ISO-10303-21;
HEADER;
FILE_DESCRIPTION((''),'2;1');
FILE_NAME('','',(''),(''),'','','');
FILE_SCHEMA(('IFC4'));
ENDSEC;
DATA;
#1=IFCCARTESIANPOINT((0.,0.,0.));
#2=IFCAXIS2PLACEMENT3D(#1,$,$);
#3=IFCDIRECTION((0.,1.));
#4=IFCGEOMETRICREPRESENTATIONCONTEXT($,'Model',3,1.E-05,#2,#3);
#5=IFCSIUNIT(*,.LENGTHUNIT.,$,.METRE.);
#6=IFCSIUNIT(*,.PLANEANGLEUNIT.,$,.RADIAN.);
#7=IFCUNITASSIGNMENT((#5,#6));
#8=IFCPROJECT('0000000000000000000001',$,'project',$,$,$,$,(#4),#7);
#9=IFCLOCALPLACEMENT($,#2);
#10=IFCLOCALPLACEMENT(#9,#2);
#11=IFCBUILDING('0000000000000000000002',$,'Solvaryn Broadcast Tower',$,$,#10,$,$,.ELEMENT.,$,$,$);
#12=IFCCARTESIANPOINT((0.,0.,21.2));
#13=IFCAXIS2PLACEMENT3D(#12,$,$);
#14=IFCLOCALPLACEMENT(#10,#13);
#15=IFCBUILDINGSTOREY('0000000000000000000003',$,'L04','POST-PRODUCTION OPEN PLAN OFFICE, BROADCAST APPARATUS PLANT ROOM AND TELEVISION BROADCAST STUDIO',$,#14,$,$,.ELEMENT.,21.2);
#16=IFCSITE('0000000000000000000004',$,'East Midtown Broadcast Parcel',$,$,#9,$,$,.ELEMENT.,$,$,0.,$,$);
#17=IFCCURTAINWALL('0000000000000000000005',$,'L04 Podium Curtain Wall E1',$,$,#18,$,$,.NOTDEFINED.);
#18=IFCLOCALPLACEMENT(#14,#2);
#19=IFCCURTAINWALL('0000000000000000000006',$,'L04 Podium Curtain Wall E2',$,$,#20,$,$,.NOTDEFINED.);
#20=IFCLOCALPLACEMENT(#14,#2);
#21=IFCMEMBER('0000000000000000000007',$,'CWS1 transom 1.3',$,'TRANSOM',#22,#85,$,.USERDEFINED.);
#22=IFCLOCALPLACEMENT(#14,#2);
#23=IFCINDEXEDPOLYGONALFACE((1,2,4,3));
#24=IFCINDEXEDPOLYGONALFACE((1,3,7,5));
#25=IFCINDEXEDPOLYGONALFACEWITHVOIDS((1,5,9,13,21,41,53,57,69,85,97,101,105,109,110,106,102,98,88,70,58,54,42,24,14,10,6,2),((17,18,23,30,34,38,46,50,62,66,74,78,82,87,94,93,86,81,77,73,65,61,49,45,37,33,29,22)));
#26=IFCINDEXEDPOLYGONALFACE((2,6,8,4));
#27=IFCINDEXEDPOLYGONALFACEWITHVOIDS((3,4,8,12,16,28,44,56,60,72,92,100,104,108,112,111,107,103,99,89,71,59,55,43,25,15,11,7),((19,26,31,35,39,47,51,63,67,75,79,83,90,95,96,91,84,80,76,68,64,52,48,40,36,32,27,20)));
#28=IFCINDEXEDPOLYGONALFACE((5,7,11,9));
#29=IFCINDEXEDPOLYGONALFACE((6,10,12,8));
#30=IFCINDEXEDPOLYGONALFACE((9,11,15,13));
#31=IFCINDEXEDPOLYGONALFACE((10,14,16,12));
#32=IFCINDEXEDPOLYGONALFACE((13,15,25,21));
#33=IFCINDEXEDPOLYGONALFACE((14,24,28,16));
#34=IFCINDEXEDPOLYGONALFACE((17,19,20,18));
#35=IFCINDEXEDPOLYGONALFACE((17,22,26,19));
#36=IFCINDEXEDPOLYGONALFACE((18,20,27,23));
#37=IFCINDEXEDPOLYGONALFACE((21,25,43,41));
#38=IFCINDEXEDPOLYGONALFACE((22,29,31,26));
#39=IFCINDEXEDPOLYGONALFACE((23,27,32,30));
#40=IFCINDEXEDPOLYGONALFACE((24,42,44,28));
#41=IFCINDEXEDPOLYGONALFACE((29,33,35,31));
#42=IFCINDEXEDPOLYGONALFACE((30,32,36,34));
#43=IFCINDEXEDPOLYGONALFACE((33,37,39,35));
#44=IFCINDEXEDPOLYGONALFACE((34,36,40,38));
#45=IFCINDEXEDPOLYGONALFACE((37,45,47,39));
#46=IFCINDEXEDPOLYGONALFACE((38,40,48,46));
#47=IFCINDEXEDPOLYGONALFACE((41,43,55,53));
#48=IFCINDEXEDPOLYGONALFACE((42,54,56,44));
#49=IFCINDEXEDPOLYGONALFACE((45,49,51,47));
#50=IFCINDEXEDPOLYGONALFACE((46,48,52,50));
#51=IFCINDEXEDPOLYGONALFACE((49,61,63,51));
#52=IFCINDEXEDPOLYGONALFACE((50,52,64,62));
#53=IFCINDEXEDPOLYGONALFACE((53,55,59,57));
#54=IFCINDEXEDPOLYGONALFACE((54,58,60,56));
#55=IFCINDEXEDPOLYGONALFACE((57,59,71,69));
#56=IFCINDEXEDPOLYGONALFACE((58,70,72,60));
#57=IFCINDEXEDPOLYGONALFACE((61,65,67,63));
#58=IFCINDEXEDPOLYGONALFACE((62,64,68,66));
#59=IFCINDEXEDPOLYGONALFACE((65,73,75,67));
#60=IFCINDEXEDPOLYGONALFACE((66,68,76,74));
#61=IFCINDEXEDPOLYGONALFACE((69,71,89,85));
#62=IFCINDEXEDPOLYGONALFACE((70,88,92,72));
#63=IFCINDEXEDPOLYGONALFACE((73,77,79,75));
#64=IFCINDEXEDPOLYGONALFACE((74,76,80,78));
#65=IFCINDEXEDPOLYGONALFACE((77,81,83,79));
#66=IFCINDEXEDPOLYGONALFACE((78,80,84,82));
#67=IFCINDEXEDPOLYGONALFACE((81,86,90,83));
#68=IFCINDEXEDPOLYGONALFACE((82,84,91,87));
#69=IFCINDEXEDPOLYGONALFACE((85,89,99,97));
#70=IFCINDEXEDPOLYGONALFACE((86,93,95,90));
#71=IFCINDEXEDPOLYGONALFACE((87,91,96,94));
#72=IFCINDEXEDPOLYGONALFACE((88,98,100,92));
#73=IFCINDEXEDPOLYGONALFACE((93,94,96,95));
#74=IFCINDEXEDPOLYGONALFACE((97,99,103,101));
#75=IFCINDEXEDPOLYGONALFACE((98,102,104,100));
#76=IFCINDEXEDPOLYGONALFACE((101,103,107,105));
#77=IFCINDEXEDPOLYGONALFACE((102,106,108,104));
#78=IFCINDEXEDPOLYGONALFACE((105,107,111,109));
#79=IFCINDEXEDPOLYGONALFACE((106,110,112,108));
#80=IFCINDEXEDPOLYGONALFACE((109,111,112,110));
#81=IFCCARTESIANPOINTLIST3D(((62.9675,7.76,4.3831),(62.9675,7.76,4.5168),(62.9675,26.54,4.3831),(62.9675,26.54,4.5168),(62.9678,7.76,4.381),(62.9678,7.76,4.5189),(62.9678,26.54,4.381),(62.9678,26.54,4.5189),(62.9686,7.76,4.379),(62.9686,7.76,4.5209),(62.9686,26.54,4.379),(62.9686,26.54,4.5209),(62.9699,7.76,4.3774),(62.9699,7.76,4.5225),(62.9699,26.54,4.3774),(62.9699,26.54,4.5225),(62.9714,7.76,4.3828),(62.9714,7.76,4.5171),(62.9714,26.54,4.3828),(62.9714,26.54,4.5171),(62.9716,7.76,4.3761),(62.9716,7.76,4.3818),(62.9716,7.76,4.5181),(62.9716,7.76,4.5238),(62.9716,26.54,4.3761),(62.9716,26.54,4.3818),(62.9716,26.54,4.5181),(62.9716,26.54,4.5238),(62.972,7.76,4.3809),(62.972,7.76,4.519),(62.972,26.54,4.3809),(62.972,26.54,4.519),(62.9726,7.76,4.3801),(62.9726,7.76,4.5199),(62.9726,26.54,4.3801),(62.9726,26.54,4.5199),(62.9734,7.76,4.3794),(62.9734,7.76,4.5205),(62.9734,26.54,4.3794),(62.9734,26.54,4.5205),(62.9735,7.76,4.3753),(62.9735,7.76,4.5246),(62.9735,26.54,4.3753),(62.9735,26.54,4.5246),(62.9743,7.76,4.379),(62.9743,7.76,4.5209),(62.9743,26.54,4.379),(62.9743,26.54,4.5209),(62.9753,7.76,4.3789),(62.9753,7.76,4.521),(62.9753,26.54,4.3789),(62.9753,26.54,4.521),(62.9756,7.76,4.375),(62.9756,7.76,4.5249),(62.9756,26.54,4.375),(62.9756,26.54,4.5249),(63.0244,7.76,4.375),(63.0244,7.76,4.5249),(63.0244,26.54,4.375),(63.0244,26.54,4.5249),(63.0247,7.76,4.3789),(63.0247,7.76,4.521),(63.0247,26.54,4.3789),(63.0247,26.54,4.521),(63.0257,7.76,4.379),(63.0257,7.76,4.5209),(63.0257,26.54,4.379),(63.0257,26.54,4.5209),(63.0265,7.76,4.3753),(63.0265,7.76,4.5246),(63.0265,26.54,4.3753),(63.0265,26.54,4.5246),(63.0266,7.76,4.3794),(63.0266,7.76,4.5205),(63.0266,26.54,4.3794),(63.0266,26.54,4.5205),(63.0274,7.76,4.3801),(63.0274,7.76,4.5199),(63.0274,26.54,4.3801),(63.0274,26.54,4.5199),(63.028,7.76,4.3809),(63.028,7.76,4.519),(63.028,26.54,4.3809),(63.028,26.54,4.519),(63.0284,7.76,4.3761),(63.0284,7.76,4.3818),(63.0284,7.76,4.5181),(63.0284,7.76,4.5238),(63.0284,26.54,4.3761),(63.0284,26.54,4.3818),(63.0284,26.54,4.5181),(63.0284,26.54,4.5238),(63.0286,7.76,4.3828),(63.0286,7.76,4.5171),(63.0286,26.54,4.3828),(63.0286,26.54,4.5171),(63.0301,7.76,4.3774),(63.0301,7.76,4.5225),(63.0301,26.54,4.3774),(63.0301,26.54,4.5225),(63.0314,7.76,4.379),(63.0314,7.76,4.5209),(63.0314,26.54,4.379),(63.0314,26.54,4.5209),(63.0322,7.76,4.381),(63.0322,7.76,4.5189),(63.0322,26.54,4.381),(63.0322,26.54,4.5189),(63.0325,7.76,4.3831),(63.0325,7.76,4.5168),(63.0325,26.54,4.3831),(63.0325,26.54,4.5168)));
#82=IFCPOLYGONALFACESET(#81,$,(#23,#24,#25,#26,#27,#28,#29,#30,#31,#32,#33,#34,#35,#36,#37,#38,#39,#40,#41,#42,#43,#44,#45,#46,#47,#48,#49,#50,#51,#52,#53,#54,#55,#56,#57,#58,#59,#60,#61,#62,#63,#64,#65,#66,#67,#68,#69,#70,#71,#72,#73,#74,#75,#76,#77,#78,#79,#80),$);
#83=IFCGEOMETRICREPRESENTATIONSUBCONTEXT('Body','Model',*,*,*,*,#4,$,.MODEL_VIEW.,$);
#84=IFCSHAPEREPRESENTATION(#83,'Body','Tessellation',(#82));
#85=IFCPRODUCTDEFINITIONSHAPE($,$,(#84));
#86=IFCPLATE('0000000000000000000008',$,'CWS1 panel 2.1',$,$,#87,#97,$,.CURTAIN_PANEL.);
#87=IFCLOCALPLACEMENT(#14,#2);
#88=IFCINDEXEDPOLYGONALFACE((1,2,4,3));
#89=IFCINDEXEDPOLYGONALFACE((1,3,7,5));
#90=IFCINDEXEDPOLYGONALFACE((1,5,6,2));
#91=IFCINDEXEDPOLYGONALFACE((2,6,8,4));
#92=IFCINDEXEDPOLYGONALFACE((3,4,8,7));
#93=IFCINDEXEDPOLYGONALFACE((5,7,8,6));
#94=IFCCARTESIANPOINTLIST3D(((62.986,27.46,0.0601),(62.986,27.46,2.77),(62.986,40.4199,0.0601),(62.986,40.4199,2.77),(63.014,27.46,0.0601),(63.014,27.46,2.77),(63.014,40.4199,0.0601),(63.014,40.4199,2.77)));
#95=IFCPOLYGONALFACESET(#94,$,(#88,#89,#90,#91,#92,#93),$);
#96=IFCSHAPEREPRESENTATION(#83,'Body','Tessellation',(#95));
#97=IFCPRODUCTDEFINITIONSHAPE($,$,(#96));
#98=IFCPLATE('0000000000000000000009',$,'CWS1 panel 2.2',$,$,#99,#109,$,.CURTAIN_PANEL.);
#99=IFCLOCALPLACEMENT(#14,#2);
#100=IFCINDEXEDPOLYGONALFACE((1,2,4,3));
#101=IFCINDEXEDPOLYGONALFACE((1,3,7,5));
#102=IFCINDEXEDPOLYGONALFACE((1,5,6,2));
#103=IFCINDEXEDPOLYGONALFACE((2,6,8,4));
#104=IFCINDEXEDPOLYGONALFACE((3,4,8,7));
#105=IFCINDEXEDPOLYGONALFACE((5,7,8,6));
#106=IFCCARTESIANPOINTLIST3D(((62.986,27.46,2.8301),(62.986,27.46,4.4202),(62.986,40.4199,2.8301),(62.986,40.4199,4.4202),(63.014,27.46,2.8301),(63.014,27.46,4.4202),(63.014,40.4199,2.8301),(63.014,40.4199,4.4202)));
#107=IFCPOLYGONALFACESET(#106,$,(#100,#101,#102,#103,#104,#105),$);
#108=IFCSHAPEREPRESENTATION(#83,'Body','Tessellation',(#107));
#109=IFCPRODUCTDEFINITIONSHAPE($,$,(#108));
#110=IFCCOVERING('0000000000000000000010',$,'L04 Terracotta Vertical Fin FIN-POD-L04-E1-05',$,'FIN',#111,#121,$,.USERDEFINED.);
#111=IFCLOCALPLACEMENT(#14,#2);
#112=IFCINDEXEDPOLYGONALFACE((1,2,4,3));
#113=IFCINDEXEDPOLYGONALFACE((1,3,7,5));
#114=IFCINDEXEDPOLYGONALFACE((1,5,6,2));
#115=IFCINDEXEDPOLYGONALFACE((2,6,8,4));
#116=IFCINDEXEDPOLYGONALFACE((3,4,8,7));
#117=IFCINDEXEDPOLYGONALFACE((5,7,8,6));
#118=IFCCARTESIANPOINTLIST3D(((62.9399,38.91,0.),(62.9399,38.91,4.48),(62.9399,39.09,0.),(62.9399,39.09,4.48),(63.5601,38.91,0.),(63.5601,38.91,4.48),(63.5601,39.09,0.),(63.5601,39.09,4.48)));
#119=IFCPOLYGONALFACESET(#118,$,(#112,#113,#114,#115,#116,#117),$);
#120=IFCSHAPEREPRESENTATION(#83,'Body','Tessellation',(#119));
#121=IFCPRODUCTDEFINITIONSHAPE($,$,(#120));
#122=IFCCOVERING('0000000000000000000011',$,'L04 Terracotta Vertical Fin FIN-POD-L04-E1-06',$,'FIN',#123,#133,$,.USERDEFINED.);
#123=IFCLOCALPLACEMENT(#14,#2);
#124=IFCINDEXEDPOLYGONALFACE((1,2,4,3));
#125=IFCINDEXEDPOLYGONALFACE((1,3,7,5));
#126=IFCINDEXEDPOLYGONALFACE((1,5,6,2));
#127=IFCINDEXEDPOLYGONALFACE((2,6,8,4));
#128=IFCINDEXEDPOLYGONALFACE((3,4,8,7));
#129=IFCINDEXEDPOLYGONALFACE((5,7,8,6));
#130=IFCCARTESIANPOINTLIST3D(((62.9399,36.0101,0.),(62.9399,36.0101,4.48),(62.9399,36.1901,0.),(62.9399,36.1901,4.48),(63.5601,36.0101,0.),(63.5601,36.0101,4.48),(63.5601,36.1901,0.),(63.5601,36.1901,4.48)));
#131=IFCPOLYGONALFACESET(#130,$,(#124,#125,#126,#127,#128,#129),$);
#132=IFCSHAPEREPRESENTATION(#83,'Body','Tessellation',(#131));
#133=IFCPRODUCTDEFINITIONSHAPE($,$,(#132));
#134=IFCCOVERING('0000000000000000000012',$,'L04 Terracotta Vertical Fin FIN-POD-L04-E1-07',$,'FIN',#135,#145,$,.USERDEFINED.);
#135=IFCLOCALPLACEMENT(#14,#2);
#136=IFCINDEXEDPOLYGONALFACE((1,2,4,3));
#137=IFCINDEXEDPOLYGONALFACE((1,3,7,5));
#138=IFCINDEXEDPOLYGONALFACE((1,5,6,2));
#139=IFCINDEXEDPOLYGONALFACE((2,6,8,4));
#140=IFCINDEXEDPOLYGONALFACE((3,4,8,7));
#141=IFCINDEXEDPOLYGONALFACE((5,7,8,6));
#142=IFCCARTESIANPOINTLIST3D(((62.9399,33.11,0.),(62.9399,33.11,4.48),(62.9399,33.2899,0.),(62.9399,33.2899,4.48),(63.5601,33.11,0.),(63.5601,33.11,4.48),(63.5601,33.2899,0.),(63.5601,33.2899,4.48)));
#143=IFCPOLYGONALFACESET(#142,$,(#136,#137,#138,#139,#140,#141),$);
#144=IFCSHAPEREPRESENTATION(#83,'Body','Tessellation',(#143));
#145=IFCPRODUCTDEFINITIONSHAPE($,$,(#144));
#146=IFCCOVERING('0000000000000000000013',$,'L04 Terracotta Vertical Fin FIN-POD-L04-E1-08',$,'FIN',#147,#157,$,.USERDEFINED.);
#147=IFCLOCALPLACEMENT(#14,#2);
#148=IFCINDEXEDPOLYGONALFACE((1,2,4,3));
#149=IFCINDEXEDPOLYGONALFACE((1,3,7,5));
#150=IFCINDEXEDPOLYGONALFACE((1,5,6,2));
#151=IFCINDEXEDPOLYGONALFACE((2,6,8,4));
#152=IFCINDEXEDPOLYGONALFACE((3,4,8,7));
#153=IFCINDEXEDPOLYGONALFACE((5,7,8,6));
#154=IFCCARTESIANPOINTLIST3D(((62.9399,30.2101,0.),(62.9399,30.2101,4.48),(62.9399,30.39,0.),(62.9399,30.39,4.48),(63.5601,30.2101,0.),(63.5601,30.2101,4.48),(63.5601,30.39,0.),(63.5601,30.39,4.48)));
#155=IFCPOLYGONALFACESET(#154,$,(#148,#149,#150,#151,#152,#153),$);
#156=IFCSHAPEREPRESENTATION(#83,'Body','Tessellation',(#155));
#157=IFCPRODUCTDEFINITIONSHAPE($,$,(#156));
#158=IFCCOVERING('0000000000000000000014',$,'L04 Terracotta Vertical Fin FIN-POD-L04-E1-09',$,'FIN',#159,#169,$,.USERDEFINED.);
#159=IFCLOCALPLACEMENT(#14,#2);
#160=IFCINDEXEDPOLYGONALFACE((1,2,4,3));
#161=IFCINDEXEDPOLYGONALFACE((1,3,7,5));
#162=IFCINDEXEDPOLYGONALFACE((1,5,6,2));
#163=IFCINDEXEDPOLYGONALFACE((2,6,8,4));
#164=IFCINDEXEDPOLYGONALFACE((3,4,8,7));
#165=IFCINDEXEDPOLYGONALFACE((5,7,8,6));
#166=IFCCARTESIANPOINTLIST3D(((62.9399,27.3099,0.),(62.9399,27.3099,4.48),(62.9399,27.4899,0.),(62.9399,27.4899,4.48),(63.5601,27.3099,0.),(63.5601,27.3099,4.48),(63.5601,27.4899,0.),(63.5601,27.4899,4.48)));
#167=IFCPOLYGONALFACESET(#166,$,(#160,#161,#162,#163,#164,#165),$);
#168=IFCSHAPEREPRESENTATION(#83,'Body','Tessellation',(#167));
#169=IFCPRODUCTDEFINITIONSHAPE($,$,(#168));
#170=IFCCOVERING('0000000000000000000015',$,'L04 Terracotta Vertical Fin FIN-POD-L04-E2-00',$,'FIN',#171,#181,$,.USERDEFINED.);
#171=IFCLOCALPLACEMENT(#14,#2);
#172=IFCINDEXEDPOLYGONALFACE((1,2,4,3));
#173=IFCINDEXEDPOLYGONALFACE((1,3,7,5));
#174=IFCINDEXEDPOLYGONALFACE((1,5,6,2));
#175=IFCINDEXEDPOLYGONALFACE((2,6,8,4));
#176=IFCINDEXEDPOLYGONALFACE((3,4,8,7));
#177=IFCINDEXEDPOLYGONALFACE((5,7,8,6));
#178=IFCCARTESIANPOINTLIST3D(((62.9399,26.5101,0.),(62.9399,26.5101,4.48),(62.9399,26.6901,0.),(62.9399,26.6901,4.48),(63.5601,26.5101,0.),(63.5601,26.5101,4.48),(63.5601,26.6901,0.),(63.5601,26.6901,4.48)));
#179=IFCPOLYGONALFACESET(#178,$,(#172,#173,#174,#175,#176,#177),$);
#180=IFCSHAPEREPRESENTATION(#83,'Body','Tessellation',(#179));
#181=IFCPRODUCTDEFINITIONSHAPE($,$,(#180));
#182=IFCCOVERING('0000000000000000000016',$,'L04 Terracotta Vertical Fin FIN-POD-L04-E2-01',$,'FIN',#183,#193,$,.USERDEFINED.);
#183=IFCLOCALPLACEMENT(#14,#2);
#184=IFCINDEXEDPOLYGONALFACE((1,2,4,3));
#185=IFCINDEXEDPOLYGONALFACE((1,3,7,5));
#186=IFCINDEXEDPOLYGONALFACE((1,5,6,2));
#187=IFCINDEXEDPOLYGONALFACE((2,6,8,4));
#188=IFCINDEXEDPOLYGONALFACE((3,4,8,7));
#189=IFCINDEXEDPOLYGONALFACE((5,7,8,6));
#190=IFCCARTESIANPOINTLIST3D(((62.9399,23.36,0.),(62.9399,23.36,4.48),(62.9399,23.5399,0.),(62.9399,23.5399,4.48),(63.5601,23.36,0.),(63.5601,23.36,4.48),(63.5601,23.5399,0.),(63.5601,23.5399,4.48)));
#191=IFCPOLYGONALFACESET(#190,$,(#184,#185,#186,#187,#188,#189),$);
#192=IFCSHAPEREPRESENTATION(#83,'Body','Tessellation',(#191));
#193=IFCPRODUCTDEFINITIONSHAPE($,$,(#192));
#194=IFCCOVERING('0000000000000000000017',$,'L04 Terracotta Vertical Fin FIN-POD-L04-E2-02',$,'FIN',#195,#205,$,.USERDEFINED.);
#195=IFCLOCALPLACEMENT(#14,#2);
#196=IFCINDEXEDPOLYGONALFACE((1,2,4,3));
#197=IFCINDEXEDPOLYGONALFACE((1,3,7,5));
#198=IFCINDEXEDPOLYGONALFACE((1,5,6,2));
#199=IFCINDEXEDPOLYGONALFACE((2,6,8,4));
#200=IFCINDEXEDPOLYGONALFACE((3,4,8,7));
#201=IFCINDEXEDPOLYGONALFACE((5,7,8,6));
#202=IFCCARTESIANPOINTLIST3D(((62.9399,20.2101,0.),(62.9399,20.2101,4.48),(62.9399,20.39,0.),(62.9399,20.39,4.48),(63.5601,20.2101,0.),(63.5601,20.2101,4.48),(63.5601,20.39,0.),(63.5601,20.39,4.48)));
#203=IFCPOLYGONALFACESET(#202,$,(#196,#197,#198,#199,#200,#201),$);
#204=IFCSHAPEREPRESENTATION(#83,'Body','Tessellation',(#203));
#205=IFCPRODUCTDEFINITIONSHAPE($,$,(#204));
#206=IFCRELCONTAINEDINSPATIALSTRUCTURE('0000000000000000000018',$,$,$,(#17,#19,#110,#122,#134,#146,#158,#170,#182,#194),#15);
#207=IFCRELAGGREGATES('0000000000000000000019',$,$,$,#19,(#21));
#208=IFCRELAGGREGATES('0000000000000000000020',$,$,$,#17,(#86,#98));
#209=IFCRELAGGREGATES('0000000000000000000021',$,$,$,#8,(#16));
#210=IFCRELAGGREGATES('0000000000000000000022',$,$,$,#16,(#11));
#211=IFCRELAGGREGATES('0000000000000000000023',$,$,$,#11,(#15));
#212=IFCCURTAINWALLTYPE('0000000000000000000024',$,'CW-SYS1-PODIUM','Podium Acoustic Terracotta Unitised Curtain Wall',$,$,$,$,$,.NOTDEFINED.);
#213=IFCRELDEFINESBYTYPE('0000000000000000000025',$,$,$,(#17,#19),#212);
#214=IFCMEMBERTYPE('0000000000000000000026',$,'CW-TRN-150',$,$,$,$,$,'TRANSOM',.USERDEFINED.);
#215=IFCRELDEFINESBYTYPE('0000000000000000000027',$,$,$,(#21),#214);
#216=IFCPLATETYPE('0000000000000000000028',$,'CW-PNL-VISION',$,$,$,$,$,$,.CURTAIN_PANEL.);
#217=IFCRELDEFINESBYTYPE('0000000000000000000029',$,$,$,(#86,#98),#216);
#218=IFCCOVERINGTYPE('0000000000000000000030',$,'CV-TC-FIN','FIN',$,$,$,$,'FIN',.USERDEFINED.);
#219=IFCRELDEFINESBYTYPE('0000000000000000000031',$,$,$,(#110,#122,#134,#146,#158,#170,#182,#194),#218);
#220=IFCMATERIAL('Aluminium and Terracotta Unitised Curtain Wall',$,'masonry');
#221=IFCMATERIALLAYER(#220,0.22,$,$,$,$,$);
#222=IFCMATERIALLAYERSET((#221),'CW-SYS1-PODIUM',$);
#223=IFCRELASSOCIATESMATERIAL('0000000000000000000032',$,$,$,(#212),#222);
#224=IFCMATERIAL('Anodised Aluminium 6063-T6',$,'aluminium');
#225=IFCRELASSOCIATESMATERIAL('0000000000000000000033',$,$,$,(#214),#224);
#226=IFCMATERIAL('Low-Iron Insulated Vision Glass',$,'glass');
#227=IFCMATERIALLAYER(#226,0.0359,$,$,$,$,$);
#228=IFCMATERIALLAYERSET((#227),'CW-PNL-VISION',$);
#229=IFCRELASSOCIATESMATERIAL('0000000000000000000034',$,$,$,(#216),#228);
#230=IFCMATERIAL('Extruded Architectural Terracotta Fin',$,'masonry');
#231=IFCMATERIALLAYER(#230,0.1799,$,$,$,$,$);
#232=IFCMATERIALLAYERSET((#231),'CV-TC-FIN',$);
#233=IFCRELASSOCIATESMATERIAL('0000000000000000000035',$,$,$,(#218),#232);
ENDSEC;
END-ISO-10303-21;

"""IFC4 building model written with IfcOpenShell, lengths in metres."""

from ifc_helpers import new_model, si_unit, direction, frame, origin, origin_2d, place, context, subcontext, project, spatial, rectangle, hollow_rectangle, extrude, material, layer, layer_set, material_profile, profile_set, type_object, element, aggregate, save


model = new_model("IFC4")

# Units and contexts
model_context = context("Model", 3, precision=1e-05, world=origin(), true_north=direction((0.0, 1.0)))
body_context = subcontext(model_context, "Body", "Model", "MODEL_VIEW")
ifc_project = project(units=[si_unit("LENGTHUNIT", "METRE"), si_unit("PLANEANGLEUNIT", "RADIAN")], contexts=[model_context])

# Site, building, storey
site_placement = place(None, origin())
site = spatial("IfcSite", under=ifc_project, at=site_placement, Name="East Midtown Broadcast Parcel", CompositionType="ELEMENT", RefElevation=0.0)
building_placement = place(site_placement, origin())
building = spatial("IfcBuilding", under=site, at=building_placement, Name="Solvaryn Broadcast Tower", CompositionType="ELEMENT")
storey_placement = place(building_placement, frame((0.0, 0.0, 21.2)))
storey = spatial("IfcBuildingStorey", under=building, at=storey_placement, Name="L04", Description="POST-PRODUCTION OPEN PLAN OFFICE, BROADCAST APPARATUS PLANT ROOM AND TELEVISION BROADCAST STUDIO", CompositionType="ELEMENT", Elevation=21.2)

# Curtain wall
ifc_material_1 = material(Name="Aluminium and Terracotta Unitised Curtain Wall", Category="masonry")
ifc_layer_1 = layer(ifc_material_1, 0.22)
ifc_layer_set_1 = layer_set([ifc_layer_1], Name="CW-SYS1-PODIUM")
curtain_wall_type = type_object("IfcCurtainWallType", Name="CW-SYS1-PODIUM", Description="Podium Acoustic Terracotta Unitised Curtain Wall", PredefinedType="NOTDEFINED", material=ifc_layer_set_1)
curtain_wall_1_placement = place(storey_placement, origin())
curtain_wall_1 = element("IfcCurtainWall", 1, at=curtain_wall_1_placement, inside=storey, type_object=curtain_wall_type, Name="L04 Podium Curtain Wall E1", PredefinedType="NOTDEFINED")

# Curtain wall
curtain_wall_2_placement = place(storey_placement, origin())
curtain_wall_2 = element("IfcCurtainWall", 2, at=curtain_wall_2_placement, inside=storey, type_object=curtain_wall_type, Name="L04 Podium Curtain Wall E2", PredefinedType="NOTDEFINED")

# Member
ifc_material_2 = material(Name="Anodised Aluminium 6063-T6", Category="aluminium")
ifc_material_profile_1 = material_profile(ifc_material_2, hollow_rectangle(XDim=0.0649, YDim=0.1499, WallThickness=0.0039, InnerFilletRadius=0.0039, OuterFilletRadius=0.0081, at=origin_2d()))
ifc_profile_set_1 = profile_set([ifc_material_profile_1], Name="Anodised Aluminium 6063-T6")
member_type_1 = type_object("IfcMemberType", Name="CW-TRN-150", ElementType="TRANSOM", PredefinedType="USERDEFINED", material=ifc_profile_set_1)
member_1_placement = place(storey_placement, frame((63.0, 26.54, 4.45), z_axis=(0.0, -1.0, 0.0), x_axis=(1.0, 0.0, 0.0)))
member_1 = element("IfcMember", 3, at=member_1_placement, type_object=member_type_1, Name="CWS1 transom 1.3", ObjectType="TRANSOM", PredefinedType="USERDEFINED", context=body_context, shape_type="SweptSolid", body=[
    extrude(hollow_rectangle(XDim=0.0649, YDim=0.1499, WallThickness=0.0039, InnerFilletRadius=0.0039, OuterFilletRadius=0.0081, at=origin_2d()), origin(), (0.0, 0.0, 1.0), 18.78),
])
aggregate(curtain_wall_2, [member_1])

# Plates
ifc_material_3 = material(Name="Low-Iron Insulated Vision Glass", Category="glass")
ifc_layer_2 = layer(ifc_material_3, 0.0359)
ifc_layer_set_2 = layer_set([ifc_layer_2], Name="CW-PNL-VISION")
plate_type = type_object("IfcPlateType", Name="CW-PNL-VISION", PredefinedType="CURTAIN_PANEL", material=ifc_layer_set_2)
plate_1_placement = place(storey_placement, frame((63.0, 33.9399, 0.0601), z_axis=(0.0, 0.0, 1.0), x_axis=(0.0, -1.0, 0.0)))
plate_1 = element("IfcPlate", 4, at=plate_1_placement, type_object=plate_type, Name="CWS1 panel 2.1", PredefinedType="CURTAIN_PANEL", context=body_context, shape_type="SweptSolid", body=[
    extrude(rectangle(XDim=12.96, YDim=0.0281, at=origin_2d()), origin(), (0.0, 0.0, 1.0), 2.71),
])
plate_2_placement = place(storey_placement, frame((63.0, 33.9399, 2.8301), z_axis=(0.0, 0.0, 1.0), x_axis=(0.0, -1.0, 0.0)))
plate_2 = element("IfcPlate", 5, at=plate_2_placement, type_object=plate_type, Name="CWS1 panel 2.2", PredefinedType="CURTAIN_PANEL", context=body_context, shape_type="SweptSolid", body=[
    extrude(rectangle(XDim=12.96, YDim=0.0281, at=origin_2d()), origin(), (0.0, 0.0, 1.0), 1.5901),
])
aggregate(curtain_wall_1, [plate_1, plate_2])

# Coverings
ifc_material_4 = material(Name="Extruded Architectural Terracotta Fin", Category="masonry")
ifc_layer_3 = layer(ifc_material_4, 0.1799)
ifc_layer_set_3 = layer_set([ifc_layer_3], Name="CV-TC-FIN")
covering_type = type_object("IfcCoveringType", Name="CV-TC-FIN", Description="FIN", ElementType="FIN", PredefinedType="USERDEFINED", material=ifc_layer_set_3)
for number, where, z_axis, x_axis, name in (
    (6, (63.25, 39.0, 0.0), (0.0, 0.0, 1.0), (1.0, 0.0, 0.0), "L04 Terracotta Vertical Fin FIN-POD-L04-E1-05"),
    (7, (63.25, 36.1001, 0.0), (0.0, 0.0, 1.0), (1.0, 0.0, 0.0), "L04 Terracotta Vertical Fin FIN-POD-L04-E1-06"),
    (8, (63.25, 33.2, 0.0), (0.0, 0.0, 1.0), (1.0, 0.0, 0.0), "L04 Terracotta Vertical Fin FIN-POD-L04-E1-07"),
    (9, (63.25, 30.3, 0.0), (0.0, 0.0, 1.0), (1.0, 0.0, 0.0), "L04 Terracotta Vertical Fin FIN-POD-L04-E1-08"),
    (10, (63.25, 27.3999, 0.0), (0.0, 0.0, 1.0), (1.0, 0.0, 0.0), "L04 Terracotta Vertical Fin FIN-POD-L04-E1-09"),
    (11, (63.25, 26.6001, 0.0), (0.0, 0.0, 1.0), (1.0, 0.0, 0.0), "L04 Terracotta Vertical Fin FIN-POD-L04-E2-00"),
    (12, (63.25, 23.45, 0.0), (0.0, 0.0, 1.0), (1.0, 0.0, 0.0), "L04 Terracotta Vertical Fin FIN-POD-L04-E2-01"),
    (13, (63.25, 20.3, 0.0), (0.0, 0.0, 1.0), (1.0, 0.0, 0.0), "L04 Terracotta Vertical Fin FIN-POD-L04-E2-02"),
):
    element("IfcCovering", number, at=place(storey_placement, frame(where, z_axis=z_axis, x_axis=x_axis)), inside=storey, type_object=covering_type, Name=name, ObjectType="FIN", PredefinedType="USERDEFINED", context=body_context, shape_type="SweptSolid", body=[
        extrude(rectangle(XDim=0.6201, YDim=0.1799, at=origin_2d()), origin(), (0.0, 0.0, 1.0), 4.48),
    ])

save(model, "model.ifc")
